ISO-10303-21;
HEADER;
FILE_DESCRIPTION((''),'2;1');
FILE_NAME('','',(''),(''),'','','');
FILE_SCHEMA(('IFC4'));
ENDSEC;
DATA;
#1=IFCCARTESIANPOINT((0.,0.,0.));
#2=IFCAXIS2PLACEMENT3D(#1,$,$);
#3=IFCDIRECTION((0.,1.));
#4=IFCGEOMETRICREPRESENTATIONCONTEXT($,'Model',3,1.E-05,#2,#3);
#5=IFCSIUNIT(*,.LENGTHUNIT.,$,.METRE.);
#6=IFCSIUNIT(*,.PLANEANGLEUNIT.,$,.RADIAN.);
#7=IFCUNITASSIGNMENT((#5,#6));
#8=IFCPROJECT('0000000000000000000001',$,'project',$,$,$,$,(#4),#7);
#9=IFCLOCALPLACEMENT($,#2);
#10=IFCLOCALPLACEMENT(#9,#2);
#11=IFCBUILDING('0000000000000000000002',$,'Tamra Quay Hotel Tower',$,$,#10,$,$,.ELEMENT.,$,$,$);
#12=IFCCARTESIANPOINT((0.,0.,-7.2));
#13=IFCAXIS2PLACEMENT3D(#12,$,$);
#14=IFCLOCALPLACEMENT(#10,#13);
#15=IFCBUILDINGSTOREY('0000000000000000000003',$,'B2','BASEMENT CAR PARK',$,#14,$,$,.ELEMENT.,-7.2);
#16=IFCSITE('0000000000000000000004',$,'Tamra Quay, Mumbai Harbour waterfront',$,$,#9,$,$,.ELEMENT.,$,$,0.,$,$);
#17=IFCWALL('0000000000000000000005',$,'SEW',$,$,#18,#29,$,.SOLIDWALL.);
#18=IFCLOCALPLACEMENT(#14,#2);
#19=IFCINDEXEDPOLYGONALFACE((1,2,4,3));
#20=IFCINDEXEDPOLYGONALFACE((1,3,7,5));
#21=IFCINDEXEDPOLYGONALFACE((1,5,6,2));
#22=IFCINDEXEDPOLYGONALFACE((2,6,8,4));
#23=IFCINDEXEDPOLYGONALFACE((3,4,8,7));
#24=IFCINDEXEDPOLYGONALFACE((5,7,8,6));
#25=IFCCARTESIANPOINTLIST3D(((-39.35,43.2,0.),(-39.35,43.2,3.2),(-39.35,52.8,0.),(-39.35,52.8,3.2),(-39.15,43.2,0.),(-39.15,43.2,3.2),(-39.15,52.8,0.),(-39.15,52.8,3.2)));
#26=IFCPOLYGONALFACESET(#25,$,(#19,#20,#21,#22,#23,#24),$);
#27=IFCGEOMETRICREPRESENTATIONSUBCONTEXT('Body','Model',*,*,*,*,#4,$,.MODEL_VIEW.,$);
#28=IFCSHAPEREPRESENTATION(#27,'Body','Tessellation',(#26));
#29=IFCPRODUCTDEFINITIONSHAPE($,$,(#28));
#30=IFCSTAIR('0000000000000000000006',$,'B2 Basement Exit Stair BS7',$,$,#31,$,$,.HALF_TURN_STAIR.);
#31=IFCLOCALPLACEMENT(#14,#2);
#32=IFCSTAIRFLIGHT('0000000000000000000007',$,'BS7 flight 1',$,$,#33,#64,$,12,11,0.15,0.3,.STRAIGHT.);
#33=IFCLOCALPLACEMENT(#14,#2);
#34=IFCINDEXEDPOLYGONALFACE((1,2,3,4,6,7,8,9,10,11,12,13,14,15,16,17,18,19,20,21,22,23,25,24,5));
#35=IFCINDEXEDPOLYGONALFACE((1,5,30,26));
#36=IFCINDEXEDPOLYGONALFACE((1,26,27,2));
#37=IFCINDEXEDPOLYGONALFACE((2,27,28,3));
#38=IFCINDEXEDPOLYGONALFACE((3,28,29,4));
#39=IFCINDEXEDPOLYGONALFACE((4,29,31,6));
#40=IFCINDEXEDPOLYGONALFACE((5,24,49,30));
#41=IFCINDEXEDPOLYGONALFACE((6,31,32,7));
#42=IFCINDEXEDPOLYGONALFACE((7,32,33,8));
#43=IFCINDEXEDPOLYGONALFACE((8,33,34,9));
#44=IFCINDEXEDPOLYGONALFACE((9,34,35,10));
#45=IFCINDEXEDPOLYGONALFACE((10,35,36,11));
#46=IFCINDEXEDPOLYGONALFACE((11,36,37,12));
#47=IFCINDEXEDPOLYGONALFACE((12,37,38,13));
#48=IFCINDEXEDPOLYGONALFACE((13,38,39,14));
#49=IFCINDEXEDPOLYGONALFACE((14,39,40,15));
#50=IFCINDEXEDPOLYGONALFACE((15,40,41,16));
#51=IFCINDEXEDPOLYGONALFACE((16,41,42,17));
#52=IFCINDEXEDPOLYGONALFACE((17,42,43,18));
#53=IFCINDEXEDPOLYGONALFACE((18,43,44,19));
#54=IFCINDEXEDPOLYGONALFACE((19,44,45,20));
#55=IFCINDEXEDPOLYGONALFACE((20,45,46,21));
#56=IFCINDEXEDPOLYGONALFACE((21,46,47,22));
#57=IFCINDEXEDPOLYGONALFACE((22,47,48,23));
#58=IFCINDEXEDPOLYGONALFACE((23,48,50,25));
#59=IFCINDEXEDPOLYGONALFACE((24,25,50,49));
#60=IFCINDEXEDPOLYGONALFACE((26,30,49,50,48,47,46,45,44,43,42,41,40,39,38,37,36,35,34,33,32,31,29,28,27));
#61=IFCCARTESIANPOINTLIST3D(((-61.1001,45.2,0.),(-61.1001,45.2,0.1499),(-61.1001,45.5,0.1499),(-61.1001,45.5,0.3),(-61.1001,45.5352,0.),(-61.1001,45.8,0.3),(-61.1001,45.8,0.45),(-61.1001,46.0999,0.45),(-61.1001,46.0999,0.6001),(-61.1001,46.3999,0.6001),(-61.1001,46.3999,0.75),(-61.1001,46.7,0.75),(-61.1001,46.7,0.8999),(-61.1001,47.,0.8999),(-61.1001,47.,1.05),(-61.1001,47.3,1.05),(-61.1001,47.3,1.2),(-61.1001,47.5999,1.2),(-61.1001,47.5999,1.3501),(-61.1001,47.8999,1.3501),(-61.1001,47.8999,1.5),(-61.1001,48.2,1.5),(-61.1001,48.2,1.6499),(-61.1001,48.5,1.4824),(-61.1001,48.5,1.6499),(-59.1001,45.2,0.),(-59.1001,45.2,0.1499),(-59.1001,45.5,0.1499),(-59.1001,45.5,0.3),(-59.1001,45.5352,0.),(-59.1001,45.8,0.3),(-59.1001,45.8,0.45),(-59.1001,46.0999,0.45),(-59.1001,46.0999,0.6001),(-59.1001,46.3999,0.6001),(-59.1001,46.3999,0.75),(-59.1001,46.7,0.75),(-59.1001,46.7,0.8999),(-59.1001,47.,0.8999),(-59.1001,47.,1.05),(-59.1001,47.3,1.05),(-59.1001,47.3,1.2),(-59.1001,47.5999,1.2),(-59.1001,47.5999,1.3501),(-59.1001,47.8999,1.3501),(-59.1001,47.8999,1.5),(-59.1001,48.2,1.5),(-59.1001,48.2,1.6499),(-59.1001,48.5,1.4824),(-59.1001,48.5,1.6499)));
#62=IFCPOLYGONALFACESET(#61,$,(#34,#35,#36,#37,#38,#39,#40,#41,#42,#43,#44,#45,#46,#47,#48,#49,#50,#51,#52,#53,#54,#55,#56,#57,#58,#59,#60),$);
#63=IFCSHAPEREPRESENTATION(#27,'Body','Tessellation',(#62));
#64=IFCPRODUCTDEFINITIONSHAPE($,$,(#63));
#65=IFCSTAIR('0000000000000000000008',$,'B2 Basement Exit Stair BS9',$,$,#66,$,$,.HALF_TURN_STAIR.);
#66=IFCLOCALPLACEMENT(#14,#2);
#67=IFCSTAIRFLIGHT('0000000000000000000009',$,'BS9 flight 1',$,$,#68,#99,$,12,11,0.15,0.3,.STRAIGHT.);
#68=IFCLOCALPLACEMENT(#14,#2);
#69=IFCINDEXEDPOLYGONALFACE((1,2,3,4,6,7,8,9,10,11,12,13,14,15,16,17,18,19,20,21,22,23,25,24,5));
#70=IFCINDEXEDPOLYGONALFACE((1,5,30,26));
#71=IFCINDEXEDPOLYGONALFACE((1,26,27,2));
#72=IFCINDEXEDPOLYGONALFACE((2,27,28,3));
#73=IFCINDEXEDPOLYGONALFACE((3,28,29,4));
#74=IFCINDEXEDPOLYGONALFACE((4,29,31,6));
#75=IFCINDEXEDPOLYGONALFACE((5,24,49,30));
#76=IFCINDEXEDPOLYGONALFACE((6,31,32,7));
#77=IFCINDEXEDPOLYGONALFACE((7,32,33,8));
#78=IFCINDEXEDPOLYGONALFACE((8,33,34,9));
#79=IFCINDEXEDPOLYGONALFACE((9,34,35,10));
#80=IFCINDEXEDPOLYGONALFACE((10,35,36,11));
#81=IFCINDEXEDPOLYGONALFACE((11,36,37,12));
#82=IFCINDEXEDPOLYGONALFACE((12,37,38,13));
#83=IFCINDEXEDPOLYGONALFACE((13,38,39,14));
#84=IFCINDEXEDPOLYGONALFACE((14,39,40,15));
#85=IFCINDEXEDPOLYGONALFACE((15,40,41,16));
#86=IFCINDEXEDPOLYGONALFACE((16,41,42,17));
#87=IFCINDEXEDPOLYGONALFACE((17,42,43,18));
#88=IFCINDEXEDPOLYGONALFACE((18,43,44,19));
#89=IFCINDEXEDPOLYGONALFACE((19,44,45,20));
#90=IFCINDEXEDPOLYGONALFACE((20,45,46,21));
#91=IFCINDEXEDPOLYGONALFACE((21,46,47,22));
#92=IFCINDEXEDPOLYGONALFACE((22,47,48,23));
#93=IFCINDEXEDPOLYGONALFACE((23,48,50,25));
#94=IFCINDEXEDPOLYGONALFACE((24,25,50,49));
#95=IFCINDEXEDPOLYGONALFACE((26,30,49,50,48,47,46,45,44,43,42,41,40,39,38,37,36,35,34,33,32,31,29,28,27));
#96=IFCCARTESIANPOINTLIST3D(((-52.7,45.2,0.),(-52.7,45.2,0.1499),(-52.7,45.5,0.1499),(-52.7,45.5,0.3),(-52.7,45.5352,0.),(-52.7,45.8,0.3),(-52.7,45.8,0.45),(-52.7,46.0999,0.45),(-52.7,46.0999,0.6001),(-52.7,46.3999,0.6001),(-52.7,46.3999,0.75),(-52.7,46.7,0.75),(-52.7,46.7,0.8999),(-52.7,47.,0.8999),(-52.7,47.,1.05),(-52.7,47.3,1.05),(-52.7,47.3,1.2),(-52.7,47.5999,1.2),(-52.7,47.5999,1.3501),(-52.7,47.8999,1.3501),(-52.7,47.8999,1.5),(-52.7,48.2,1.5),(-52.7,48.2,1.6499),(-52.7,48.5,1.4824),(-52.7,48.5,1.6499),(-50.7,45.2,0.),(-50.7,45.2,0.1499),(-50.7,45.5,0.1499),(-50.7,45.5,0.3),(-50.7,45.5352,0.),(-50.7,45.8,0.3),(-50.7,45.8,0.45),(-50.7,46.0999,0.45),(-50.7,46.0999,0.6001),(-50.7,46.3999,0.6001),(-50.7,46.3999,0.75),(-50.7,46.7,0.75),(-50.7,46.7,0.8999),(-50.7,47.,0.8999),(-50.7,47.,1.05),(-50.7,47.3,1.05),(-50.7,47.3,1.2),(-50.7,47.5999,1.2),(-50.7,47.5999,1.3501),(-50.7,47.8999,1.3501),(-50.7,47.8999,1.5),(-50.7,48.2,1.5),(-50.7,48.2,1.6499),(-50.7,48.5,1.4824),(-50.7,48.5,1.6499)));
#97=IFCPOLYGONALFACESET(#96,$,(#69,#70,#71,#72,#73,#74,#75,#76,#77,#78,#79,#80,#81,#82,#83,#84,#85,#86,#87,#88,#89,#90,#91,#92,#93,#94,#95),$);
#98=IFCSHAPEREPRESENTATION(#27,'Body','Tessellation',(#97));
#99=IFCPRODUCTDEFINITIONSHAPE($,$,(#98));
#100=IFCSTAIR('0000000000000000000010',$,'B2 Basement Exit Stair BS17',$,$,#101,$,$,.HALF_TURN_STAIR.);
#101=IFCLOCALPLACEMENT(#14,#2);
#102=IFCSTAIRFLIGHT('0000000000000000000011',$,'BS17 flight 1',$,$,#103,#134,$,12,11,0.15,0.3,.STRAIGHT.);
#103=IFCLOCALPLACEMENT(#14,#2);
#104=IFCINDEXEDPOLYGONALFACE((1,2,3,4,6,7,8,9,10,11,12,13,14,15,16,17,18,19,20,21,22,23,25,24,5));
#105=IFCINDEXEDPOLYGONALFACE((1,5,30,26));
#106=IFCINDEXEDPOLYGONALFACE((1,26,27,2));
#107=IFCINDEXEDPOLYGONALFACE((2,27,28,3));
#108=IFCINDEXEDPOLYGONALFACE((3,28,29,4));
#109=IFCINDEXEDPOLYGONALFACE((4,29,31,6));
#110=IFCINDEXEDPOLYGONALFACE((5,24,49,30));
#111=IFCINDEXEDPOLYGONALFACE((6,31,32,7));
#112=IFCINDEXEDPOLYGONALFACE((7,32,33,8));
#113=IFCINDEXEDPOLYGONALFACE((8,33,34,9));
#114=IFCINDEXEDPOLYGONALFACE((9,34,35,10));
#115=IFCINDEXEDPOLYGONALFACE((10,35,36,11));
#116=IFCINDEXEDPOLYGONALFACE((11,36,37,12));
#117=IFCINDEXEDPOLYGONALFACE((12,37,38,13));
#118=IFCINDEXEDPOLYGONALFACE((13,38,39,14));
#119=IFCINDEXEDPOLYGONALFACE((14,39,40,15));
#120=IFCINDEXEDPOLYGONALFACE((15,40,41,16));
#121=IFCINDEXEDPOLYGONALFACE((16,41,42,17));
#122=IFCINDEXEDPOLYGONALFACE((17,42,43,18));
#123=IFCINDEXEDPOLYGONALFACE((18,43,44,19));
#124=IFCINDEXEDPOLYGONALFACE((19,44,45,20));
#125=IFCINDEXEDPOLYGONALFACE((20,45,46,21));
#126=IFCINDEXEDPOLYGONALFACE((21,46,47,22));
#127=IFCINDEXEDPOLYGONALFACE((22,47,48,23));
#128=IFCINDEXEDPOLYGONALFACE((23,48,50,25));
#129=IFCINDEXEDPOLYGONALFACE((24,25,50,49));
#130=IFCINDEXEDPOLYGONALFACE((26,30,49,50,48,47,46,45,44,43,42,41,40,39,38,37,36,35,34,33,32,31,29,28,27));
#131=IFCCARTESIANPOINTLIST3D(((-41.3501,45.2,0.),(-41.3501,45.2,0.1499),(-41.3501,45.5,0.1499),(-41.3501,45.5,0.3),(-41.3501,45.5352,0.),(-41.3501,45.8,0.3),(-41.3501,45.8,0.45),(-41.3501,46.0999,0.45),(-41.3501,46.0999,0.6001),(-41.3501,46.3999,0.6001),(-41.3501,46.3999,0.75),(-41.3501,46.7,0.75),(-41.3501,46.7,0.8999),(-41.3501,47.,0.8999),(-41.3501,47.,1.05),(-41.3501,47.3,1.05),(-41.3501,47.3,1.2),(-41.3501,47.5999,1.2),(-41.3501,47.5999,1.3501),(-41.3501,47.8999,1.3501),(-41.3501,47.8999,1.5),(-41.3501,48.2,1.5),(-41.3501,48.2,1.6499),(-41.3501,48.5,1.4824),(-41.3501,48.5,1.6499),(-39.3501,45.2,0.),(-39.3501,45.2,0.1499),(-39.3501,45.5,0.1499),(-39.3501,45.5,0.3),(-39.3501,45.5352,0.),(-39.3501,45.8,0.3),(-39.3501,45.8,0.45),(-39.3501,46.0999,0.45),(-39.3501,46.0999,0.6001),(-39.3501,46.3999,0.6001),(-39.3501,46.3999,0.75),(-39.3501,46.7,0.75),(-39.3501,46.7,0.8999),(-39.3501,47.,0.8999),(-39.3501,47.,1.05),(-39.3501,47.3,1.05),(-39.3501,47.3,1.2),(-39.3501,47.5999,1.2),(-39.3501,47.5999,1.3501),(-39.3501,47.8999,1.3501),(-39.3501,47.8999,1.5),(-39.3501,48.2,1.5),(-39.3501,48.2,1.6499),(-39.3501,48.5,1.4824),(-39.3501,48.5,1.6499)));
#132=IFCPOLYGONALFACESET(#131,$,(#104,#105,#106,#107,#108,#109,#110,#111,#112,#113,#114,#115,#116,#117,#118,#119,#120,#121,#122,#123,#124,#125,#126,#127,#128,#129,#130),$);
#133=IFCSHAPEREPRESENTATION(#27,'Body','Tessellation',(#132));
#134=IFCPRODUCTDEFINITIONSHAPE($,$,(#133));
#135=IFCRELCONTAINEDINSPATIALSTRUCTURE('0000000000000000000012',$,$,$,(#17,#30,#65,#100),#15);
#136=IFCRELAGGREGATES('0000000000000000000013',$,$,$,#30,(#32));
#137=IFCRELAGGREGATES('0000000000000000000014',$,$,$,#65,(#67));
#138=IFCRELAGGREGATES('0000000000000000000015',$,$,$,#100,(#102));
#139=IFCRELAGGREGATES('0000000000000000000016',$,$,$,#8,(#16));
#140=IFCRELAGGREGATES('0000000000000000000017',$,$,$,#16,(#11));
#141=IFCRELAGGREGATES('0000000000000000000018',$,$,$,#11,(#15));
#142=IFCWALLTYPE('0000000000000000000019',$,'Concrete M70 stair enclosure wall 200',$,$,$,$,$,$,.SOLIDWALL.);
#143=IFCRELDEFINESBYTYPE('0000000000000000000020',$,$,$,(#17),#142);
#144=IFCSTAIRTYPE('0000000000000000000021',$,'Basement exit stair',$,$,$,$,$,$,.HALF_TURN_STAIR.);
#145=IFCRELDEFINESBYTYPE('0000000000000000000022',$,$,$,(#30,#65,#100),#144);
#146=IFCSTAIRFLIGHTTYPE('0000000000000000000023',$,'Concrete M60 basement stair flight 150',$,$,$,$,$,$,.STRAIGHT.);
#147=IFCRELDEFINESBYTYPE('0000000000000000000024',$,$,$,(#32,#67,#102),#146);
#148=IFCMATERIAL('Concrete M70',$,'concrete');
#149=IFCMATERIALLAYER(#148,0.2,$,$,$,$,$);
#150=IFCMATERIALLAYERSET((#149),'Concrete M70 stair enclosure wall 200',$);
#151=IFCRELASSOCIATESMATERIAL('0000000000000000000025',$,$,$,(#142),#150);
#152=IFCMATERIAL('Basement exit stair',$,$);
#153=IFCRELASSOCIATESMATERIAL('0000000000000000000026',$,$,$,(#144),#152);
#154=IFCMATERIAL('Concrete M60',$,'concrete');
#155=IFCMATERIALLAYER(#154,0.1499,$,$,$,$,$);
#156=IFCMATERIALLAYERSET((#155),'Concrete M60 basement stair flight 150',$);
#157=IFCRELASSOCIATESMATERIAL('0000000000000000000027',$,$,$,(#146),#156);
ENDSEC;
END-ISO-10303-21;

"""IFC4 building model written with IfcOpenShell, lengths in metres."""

from ifc_helpers import new_model, si_unit, direction, frame, frame_2d, origin, place, context, subcontext, project, spatial, polyline, rectangle, outline, extrude, material, layer, layer_set, type_object, element, aggregate, save


model = new_model("IFC4")

# Units and contexts
model_context = context("Model", 3, precision=1e-05, world=origin(), true_north=direction((0.0, 1.0)))
body_context = subcontext(model_context, "Body", "Model", "MODEL_VIEW")
ifc_project = project(units=[si_unit("LENGTHUNIT", "METRE"), si_unit("PLANEANGLEUNIT", "RADIAN")], contexts=[model_context])

# Site, building, storey
site_placement = place(None, origin())
site = spatial("IfcSite", under=ifc_project, at=site_placement, Name="Tamra Quay, Mumbai Harbour waterfront", CompositionType="ELEMENT", RefElevation=0.0)
building_placement = place(site_placement, origin())
building = spatial("IfcBuilding", under=site, at=building_placement, Name="Tamra Quay Hotel Tower", CompositionType="ELEMENT")
storey_placement = place(building_placement, frame((0.0, 0.0, -7.2)))
storey = spatial("IfcBuildingStorey", under=building, at=storey_placement, Name="B2", Description="BASEMENT CAR PARK", CompositionType="ELEMENT", Elevation=-7.2)

# Shared definitions
ifc_material_1 = material(Name="Concrete M70", Category="concrete")

# Shared definitions
ifc_layer_1 = layer(ifc_material_1, 0.2)
ifc_layer_set_1 = layer_set([ifc_layer_1], Name="Concrete M70 stair enclosure wall 200")
wall_type_1 = type_object("IfcWallType", Name="Concrete M70 stair enclosure wall 200", PredefinedType="SOLIDWALL", material=ifc_layer_set_1)

# Wall
wall_1_placement = place(storey_placement, frame((-39.25, 43.2, 0.0), z_axis=(0.0, 0.0, 1.0), x_axis=(0.0, 1.0, 0.0)))
element("IfcWall", 1, at=wall_1_placement, inside=storey, type_object=wall_type_1, Name="SEW", PredefinedType="SOLIDWALL", context=body_context, shape_type="SweptSolid", body=[
    extrude(rectangle(XDim=9.6001, YDim=0.2, at=frame_2d((4.8, 0.0))), origin(), (0.0, 0.0, 1.0), 3.2),
])

# Stairs, stair flights
ifc_material_2 = material(Name="Basement exit stair")
stair_type = type_object("IfcStairType", Name="Basement exit stair", PredefinedType="HALF_TURN_STAIR", material=ifc_material_2)
stair_1_placement = place(storey_placement, origin())
stair_1 = element("IfcStair", 2, at=stair_1_placement, inside=storey, type_object=stair_type, Name="B2 Basement Exit Stair BS7", PredefinedType="HALF_TURN_STAIR")
ifc_material_3 = material(Name="Concrete M60", Category="concrete")
ifc_layer_2 = layer(ifc_material_3, 0.1499)
ifc_layer_set_2 = layer_set([ifc_layer_2], Name="Concrete M60 basement stair flight 150")
stair_flight_type = type_object("IfcStairFlightType", Name="Concrete M60 basement stair flight 150", PredefinedType="STRAIGHT", material=ifc_layer_set_2)
stair_flight_1_placement = place(storey_placement, frame((-60.1001, 45.2, 0.0), z_axis=(0.0, 0.0, 1.0), x_axis=(0.0, 1.0, 0.0)))
stair_flight_1 = element("IfcStairFlight", 3, at=stair_flight_1_placement, type_object=stair_flight_type, Name="BS7 flight 1", NumberOfRisers=12, NumberOfTreads=11, PredefinedType="STRAIGHT", RiserHeight=0.15, TreadLength=0.3, context=body_context, shape_type="SweptSolid", body=[
    extrude(outline(polyline([(0.0, 0.0), (0.0, 0.1499), (0.3, 0.1499), (0.3, 0.3), (0.6001, 0.3), (0.6001, 0.45), (0.8999, 0.45), (0.8999, 0.6001), (1.2, 0.6001), (1.2, 0.75), (1.5, 0.75), (1.5, 0.8999), (1.8, 0.8999), (1.8, 1.05), (2.1001, 1.05), (2.1001, 1.2), (2.3999, 1.2), (2.3999, 1.3501), (2.7, 1.3501), (2.7, 1.5), (3.0, 1.5), (3.0, 1.6499), (3.3, 1.6499), (3.3, 1.8), (3.3, 1.4824), (0.3352, 0.0), (0.0, 0.0)])), frame((0.0, 1.0, 0.0), z_axis=(0.0, -1.0, 0.0), x_axis=(1.0, 0.0, 0.0)), (0.0, 0.0, 1.0), 2.0),
])
aggregate(stair_1, [stair_flight_1])
stair_2_placement = place(storey_placement, origin())
stair_2 = element("IfcStair", 4, at=stair_2_placement, inside=storey, type_object=stair_type, Name="B2 Basement Exit Stair BS9", PredefinedType="HALF_TURN_STAIR")
stair_flight_2_placement = place(storey_placement, frame((-51.7, 45.2, 0.0), z_axis=(0.0, 0.0, 1.0), x_axis=(0.0, 1.0, 0.0)))
stair_flight_2 = element("IfcStairFlight", 5, at=stair_flight_2_placement, type_object=stair_flight_type, Name="BS9 flight 1", NumberOfRisers=12, NumberOfTreads=11, PredefinedType="STRAIGHT", RiserHeight=0.15, TreadLength=0.3, context=body_context, shape_type="SweptSolid", body=[
    extrude(outline(polyline([(0.0, 0.0), (0.0, 0.1499), (0.3, 0.1499), (0.3, 0.3), (0.6001, 0.3), (0.6001, 0.45), (0.8999, 0.45), (0.8999, 0.6001), (1.2, 0.6001), (1.2, 0.75), (1.5, 0.75), (1.5, 0.8999), (1.8, 0.8999), (1.8, 1.05), (2.1001, 1.05), (2.1001, 1.2), (2.3999, 1.2), (2.3999, 1.3501), (2.7, 1.3501), (2.7, 1.5), (3.0, 1.5), (3.0, 1.6499), (3.3, 1.6499), (3.3, 1.8), (3.3, 1.4824), (0.3352, 0.0), (0.0, 0.0)])), frame((0.0, 1.0, 0.0), z_axis=(0.0, -1.0, 0.0), x_axis=(1.0, 0.0, 0.0)), (0.0, 0.0, 1.0), 2.0),
])
aggregate(stair_2, [stair_flight_2])
stair_3_placement = place(storey_placement, origin())
stair_3 = element("IfcStair", 6, at=stair_3_placement, inside=storey, type_object=stair_type, Name="B2 Basement Exit Stair BS17", PredefinedType="HALF_TURN_STAIR")
stair_flight_3_placement = place(storey_placement, frame((-40.3501, 45.2, 0.0), z_axis=(0.0, 0.0, 1.0), x_axis=(0.0, 1.0, 0.0)))
stair_flight_3 = element("IfcStairFlight", 7, at=stair_flight_3_placement, type_object=stair_flight_type, Name="BS17 flight 1", NumberOfRisers=12, NumberOfTreads=11, PredefinedType="STRAIGHT", RiserHeight=0.15, TreadLength=0.3, context=body_context, shape_type="SweptSolid", body=[
    extrude(outline(polyline([(0.0, 0.0), (0.0, 0.1499), (0.3, 0.1499), (0.3, 0.3), (0.6001, 0.3), (0.6001, 0.45), (0.8999, 0.45), (0.8999, 0.6001), (1.2, 0.6001), (1.2, 0.75), (1.5, 0.75), (1.5, 0.8999), (1.8, 0.8999), (1.8, 1.05), (2.1001, 1.05), (2.1001, 1.2), (2.3999, 1.2), (2.3999, 1.3501), (2.7, 1.3501), (2.7, 1.5), (3.0, 1.5), (3.0, 1.6499), (3.3, 1.6499), (3.3, 1.8), (3.3, 1.4824), (0.3352, 0.0), (0.0, 0.0)])), frame((0.0, 1.0, 0.0), z_axis=(0.0, -1.0, 0.0), x_axis=(1.0, 0.0, 0.0)), (0.0, 0.0, 1.0), 2.0),
])
aggregate(stair_3, [stair_flight_3])

save(model, "model.ifc")
